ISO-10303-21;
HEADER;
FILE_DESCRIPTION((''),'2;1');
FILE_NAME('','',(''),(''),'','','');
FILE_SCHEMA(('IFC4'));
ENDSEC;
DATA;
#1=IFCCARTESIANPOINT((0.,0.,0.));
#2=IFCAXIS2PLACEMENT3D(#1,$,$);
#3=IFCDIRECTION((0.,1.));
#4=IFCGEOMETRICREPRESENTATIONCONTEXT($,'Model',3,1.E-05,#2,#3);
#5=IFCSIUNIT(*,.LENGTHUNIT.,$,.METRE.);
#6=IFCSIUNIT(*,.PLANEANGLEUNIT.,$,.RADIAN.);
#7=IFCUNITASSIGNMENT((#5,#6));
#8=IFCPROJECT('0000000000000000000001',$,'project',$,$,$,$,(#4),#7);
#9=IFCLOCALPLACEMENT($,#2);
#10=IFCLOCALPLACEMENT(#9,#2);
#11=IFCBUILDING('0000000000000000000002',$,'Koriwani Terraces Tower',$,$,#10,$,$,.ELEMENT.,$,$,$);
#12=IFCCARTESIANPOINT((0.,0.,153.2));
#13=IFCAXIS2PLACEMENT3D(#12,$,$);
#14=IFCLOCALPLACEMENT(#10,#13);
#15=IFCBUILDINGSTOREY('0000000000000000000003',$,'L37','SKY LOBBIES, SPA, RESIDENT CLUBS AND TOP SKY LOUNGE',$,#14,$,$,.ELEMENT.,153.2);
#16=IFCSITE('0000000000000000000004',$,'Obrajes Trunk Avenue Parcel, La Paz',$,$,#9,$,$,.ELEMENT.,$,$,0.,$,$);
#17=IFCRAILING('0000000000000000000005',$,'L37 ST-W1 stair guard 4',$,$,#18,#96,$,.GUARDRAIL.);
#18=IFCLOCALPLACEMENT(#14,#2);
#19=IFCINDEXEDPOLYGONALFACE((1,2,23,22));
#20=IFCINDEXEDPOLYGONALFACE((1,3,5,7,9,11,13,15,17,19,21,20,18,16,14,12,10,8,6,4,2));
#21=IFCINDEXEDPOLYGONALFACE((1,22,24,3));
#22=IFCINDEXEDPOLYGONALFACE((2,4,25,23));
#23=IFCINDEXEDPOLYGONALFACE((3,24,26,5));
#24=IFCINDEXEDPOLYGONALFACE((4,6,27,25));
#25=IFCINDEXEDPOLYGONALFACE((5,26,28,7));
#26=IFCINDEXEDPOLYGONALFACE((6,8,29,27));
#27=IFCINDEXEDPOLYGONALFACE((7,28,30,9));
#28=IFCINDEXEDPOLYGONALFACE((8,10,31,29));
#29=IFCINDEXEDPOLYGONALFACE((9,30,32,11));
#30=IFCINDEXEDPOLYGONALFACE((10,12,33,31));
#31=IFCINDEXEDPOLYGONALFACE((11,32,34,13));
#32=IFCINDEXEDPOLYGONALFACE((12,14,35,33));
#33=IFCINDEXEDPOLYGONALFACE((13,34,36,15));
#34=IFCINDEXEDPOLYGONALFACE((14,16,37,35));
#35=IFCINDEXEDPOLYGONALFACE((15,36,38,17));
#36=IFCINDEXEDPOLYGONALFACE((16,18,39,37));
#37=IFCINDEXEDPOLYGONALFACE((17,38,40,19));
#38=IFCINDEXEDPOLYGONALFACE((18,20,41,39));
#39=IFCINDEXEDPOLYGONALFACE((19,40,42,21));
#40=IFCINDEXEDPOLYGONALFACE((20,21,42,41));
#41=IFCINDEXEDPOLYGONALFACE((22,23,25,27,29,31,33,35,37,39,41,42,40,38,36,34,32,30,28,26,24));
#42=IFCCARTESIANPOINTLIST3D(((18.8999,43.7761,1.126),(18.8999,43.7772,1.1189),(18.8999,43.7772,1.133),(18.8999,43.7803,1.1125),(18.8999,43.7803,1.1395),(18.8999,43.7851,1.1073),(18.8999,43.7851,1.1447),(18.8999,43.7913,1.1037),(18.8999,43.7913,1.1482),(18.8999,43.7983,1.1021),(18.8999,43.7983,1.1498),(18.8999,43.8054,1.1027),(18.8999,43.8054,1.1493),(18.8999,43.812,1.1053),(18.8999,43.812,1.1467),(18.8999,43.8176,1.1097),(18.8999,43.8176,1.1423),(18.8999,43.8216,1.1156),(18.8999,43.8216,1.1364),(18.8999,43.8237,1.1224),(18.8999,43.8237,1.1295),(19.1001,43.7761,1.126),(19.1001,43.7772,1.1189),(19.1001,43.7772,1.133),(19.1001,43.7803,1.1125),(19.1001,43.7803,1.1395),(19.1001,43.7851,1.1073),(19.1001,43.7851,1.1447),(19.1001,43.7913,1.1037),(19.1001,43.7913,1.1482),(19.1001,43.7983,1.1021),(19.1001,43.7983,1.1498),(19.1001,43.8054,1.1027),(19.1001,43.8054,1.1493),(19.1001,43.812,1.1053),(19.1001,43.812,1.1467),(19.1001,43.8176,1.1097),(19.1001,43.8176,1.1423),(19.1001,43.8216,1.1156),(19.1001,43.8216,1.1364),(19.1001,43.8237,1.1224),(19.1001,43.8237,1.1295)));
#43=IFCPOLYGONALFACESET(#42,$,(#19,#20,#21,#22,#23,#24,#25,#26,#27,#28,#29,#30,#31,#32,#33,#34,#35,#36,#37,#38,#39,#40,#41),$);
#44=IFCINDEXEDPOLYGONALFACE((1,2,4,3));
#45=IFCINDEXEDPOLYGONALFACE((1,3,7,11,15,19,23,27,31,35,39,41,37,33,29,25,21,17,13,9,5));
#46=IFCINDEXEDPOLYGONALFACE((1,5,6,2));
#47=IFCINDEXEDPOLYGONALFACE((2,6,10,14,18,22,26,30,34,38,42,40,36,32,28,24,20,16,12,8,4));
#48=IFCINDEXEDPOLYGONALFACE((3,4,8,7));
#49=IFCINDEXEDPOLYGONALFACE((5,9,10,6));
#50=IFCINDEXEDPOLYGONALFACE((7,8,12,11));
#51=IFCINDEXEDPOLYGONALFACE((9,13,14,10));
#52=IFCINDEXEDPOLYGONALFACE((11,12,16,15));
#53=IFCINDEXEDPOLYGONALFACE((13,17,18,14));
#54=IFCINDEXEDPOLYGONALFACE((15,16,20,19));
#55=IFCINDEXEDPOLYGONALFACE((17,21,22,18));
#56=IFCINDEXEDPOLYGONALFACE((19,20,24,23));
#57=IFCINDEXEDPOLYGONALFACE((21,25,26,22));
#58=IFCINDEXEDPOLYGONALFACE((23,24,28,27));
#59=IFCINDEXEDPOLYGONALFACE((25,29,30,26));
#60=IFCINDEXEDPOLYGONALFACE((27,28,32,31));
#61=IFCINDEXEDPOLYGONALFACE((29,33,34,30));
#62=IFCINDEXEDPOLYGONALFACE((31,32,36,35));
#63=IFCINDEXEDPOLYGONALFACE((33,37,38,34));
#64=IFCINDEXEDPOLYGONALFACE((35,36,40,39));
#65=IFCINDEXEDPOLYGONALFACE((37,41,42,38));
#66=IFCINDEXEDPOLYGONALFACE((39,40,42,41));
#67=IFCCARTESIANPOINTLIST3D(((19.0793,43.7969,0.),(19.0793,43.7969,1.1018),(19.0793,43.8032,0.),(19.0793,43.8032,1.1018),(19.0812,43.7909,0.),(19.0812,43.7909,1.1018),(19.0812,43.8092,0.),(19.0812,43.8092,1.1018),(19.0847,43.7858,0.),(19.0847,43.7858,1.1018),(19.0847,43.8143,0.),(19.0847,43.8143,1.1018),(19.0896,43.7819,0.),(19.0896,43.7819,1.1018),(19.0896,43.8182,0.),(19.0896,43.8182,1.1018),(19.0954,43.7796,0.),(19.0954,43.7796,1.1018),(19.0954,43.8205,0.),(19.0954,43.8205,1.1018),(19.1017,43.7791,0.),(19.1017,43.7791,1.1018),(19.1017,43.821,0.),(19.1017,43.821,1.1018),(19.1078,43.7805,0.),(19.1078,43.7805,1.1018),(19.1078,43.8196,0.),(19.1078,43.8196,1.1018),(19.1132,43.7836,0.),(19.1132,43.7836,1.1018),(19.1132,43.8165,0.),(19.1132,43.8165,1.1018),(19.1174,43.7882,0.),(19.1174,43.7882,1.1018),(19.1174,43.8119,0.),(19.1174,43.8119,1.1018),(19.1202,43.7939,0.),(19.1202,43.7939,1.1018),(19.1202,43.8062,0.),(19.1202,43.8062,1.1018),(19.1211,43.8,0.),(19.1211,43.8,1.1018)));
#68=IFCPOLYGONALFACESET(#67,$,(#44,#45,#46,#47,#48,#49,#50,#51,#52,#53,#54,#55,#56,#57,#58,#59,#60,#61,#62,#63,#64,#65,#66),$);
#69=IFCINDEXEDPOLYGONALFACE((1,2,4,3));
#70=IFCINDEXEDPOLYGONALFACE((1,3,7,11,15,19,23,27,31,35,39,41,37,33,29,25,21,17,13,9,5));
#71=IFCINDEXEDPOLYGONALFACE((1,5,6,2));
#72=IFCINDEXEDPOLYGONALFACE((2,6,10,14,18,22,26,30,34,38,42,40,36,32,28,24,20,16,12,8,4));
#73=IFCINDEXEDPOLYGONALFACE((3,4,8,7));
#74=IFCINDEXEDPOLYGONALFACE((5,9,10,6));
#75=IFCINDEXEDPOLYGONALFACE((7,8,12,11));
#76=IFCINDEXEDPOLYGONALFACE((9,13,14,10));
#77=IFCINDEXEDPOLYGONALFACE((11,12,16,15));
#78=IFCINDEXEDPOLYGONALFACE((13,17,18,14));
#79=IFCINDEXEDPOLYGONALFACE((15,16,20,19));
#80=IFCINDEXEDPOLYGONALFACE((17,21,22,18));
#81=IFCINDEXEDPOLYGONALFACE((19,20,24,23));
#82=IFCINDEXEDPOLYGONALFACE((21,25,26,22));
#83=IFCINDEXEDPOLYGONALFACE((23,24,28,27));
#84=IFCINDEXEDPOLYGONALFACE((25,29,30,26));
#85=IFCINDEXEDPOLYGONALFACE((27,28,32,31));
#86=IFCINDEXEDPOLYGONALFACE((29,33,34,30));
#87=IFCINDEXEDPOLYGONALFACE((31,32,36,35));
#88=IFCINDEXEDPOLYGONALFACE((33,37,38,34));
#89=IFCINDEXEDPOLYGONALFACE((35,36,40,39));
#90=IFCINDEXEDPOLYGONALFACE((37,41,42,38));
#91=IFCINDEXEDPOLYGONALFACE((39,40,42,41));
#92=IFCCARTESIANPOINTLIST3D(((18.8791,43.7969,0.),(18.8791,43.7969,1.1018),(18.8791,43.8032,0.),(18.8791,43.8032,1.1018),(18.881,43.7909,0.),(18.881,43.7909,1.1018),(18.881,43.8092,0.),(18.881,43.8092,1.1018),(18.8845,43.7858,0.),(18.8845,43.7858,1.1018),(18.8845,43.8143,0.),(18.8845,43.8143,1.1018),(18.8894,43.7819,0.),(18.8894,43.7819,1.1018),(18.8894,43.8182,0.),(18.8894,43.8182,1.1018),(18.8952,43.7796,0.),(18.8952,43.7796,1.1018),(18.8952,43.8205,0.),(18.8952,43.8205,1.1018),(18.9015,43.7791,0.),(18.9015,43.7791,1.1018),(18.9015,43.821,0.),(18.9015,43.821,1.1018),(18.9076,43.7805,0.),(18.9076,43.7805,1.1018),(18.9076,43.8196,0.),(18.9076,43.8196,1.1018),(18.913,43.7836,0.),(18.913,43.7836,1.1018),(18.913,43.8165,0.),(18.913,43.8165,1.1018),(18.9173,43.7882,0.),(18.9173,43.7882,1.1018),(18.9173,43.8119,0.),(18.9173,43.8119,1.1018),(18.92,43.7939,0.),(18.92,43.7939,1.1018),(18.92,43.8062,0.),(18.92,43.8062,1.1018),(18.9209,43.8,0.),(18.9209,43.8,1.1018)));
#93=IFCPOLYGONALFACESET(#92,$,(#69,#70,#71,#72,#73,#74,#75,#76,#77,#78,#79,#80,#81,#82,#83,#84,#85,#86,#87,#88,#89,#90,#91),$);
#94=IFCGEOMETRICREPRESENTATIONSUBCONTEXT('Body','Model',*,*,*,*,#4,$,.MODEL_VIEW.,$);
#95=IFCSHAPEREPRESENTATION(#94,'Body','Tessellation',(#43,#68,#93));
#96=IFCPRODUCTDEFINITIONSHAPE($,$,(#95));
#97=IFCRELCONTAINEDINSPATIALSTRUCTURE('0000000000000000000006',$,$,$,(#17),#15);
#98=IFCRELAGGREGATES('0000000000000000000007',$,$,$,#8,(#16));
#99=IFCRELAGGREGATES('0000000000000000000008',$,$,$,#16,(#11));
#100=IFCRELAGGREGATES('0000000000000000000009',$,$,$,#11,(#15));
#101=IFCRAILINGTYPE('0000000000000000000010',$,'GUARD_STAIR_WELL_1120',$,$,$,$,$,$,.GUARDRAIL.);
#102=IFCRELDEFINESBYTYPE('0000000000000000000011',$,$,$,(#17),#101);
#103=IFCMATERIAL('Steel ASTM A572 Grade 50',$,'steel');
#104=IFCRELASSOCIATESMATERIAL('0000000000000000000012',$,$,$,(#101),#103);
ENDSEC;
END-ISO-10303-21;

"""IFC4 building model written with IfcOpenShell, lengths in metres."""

from ifc_helpers import new_model, si_unit, direction, frame, origin, origin_2d, place, context, subcontext, project, spatial, circle, extrude, material, type_object, element, save


model = new_model("IFC4")

# Units and contexts
model_context = context("Model", 3, precision=1e-05, world=origin(), true_north=direction((0.0, 1.0)))
body_context = subcontext(model_context, "Body", "Model", "MODEL_VIEW")
ifc_project = project(units=[si_unit("LENGTHUNIT", "METRE"), si_unit("PLANEANGLEUNIT", "RADIAN")], contexts=[model_context])

# Site, building, storey
site_placement = place(None, origin())
site = spatial("IfcSite", under=ifc_project, at=site_placement, Name="Obrajes Trunk Avenue Parcel, La Paz", CompositionType="ELEMENT", RefElevation=0.0)
building_placement = place(site_placement, origin())
building = spatial("IfcBuilding", under=site, at=building_placement, Name="Koriwani Terraces Tower", CompositionType="ELEMENT")
storey_placement = place(building_placement, frame((0.0, 0.0, 153.2)))
storey = spatial("IfcBuildingStorey", under=building, at=storey_placement, Name="L37", Description="SKY LOBBIES, SPA, RESIDENT CLUBS AND TOP SKY LOUNGE", CompositionType="ELEMENT", Elevation=153.2)

# Shared definitions
ifc_material_1 = material(Name="Steel ASTM A572 Grade 50", Category="steel")

# Railing
railing_type_1 = type_object("IfcRailingType", Name="GUARD_STAIR_WELL_1120", PredefinedType="GUARDRAIL", material=ifc_material_1)
railing_1_placement = place(storey_placement, frame((19.1001, 43.8, 0.0)))
element("IfcRailing", 1, at=railing_1_placement, inside=storey, type_object=railing_type_1, Name="L37 ST-W1 stair guard 4", PredefinedType="GUARDRAIL", context=body_context, shape_type="SweptSolid", body=[
    extrude(circle(Radius=0.0239, at=origin_2d()), frame((0.0, 0.0, 1.126), z_axis=(-1.0, 0.0, 0.0), x_axis=(0.0, -1.0, 0.0)), (0.0, 0.0, 1.0), 0.2002),
    extrude(circle(Radius=0.021, at=origin_2d()), origin(), (0.0, 0.0, 1.0), 1.1018),
    extrude(circle(Radius=0.021, at=origin_2d()), frame((-0.2002, 0.0, 0.0)), (0.0, 0.0, 1.0), 1.1018),
])

save(model, "model.ifc")
